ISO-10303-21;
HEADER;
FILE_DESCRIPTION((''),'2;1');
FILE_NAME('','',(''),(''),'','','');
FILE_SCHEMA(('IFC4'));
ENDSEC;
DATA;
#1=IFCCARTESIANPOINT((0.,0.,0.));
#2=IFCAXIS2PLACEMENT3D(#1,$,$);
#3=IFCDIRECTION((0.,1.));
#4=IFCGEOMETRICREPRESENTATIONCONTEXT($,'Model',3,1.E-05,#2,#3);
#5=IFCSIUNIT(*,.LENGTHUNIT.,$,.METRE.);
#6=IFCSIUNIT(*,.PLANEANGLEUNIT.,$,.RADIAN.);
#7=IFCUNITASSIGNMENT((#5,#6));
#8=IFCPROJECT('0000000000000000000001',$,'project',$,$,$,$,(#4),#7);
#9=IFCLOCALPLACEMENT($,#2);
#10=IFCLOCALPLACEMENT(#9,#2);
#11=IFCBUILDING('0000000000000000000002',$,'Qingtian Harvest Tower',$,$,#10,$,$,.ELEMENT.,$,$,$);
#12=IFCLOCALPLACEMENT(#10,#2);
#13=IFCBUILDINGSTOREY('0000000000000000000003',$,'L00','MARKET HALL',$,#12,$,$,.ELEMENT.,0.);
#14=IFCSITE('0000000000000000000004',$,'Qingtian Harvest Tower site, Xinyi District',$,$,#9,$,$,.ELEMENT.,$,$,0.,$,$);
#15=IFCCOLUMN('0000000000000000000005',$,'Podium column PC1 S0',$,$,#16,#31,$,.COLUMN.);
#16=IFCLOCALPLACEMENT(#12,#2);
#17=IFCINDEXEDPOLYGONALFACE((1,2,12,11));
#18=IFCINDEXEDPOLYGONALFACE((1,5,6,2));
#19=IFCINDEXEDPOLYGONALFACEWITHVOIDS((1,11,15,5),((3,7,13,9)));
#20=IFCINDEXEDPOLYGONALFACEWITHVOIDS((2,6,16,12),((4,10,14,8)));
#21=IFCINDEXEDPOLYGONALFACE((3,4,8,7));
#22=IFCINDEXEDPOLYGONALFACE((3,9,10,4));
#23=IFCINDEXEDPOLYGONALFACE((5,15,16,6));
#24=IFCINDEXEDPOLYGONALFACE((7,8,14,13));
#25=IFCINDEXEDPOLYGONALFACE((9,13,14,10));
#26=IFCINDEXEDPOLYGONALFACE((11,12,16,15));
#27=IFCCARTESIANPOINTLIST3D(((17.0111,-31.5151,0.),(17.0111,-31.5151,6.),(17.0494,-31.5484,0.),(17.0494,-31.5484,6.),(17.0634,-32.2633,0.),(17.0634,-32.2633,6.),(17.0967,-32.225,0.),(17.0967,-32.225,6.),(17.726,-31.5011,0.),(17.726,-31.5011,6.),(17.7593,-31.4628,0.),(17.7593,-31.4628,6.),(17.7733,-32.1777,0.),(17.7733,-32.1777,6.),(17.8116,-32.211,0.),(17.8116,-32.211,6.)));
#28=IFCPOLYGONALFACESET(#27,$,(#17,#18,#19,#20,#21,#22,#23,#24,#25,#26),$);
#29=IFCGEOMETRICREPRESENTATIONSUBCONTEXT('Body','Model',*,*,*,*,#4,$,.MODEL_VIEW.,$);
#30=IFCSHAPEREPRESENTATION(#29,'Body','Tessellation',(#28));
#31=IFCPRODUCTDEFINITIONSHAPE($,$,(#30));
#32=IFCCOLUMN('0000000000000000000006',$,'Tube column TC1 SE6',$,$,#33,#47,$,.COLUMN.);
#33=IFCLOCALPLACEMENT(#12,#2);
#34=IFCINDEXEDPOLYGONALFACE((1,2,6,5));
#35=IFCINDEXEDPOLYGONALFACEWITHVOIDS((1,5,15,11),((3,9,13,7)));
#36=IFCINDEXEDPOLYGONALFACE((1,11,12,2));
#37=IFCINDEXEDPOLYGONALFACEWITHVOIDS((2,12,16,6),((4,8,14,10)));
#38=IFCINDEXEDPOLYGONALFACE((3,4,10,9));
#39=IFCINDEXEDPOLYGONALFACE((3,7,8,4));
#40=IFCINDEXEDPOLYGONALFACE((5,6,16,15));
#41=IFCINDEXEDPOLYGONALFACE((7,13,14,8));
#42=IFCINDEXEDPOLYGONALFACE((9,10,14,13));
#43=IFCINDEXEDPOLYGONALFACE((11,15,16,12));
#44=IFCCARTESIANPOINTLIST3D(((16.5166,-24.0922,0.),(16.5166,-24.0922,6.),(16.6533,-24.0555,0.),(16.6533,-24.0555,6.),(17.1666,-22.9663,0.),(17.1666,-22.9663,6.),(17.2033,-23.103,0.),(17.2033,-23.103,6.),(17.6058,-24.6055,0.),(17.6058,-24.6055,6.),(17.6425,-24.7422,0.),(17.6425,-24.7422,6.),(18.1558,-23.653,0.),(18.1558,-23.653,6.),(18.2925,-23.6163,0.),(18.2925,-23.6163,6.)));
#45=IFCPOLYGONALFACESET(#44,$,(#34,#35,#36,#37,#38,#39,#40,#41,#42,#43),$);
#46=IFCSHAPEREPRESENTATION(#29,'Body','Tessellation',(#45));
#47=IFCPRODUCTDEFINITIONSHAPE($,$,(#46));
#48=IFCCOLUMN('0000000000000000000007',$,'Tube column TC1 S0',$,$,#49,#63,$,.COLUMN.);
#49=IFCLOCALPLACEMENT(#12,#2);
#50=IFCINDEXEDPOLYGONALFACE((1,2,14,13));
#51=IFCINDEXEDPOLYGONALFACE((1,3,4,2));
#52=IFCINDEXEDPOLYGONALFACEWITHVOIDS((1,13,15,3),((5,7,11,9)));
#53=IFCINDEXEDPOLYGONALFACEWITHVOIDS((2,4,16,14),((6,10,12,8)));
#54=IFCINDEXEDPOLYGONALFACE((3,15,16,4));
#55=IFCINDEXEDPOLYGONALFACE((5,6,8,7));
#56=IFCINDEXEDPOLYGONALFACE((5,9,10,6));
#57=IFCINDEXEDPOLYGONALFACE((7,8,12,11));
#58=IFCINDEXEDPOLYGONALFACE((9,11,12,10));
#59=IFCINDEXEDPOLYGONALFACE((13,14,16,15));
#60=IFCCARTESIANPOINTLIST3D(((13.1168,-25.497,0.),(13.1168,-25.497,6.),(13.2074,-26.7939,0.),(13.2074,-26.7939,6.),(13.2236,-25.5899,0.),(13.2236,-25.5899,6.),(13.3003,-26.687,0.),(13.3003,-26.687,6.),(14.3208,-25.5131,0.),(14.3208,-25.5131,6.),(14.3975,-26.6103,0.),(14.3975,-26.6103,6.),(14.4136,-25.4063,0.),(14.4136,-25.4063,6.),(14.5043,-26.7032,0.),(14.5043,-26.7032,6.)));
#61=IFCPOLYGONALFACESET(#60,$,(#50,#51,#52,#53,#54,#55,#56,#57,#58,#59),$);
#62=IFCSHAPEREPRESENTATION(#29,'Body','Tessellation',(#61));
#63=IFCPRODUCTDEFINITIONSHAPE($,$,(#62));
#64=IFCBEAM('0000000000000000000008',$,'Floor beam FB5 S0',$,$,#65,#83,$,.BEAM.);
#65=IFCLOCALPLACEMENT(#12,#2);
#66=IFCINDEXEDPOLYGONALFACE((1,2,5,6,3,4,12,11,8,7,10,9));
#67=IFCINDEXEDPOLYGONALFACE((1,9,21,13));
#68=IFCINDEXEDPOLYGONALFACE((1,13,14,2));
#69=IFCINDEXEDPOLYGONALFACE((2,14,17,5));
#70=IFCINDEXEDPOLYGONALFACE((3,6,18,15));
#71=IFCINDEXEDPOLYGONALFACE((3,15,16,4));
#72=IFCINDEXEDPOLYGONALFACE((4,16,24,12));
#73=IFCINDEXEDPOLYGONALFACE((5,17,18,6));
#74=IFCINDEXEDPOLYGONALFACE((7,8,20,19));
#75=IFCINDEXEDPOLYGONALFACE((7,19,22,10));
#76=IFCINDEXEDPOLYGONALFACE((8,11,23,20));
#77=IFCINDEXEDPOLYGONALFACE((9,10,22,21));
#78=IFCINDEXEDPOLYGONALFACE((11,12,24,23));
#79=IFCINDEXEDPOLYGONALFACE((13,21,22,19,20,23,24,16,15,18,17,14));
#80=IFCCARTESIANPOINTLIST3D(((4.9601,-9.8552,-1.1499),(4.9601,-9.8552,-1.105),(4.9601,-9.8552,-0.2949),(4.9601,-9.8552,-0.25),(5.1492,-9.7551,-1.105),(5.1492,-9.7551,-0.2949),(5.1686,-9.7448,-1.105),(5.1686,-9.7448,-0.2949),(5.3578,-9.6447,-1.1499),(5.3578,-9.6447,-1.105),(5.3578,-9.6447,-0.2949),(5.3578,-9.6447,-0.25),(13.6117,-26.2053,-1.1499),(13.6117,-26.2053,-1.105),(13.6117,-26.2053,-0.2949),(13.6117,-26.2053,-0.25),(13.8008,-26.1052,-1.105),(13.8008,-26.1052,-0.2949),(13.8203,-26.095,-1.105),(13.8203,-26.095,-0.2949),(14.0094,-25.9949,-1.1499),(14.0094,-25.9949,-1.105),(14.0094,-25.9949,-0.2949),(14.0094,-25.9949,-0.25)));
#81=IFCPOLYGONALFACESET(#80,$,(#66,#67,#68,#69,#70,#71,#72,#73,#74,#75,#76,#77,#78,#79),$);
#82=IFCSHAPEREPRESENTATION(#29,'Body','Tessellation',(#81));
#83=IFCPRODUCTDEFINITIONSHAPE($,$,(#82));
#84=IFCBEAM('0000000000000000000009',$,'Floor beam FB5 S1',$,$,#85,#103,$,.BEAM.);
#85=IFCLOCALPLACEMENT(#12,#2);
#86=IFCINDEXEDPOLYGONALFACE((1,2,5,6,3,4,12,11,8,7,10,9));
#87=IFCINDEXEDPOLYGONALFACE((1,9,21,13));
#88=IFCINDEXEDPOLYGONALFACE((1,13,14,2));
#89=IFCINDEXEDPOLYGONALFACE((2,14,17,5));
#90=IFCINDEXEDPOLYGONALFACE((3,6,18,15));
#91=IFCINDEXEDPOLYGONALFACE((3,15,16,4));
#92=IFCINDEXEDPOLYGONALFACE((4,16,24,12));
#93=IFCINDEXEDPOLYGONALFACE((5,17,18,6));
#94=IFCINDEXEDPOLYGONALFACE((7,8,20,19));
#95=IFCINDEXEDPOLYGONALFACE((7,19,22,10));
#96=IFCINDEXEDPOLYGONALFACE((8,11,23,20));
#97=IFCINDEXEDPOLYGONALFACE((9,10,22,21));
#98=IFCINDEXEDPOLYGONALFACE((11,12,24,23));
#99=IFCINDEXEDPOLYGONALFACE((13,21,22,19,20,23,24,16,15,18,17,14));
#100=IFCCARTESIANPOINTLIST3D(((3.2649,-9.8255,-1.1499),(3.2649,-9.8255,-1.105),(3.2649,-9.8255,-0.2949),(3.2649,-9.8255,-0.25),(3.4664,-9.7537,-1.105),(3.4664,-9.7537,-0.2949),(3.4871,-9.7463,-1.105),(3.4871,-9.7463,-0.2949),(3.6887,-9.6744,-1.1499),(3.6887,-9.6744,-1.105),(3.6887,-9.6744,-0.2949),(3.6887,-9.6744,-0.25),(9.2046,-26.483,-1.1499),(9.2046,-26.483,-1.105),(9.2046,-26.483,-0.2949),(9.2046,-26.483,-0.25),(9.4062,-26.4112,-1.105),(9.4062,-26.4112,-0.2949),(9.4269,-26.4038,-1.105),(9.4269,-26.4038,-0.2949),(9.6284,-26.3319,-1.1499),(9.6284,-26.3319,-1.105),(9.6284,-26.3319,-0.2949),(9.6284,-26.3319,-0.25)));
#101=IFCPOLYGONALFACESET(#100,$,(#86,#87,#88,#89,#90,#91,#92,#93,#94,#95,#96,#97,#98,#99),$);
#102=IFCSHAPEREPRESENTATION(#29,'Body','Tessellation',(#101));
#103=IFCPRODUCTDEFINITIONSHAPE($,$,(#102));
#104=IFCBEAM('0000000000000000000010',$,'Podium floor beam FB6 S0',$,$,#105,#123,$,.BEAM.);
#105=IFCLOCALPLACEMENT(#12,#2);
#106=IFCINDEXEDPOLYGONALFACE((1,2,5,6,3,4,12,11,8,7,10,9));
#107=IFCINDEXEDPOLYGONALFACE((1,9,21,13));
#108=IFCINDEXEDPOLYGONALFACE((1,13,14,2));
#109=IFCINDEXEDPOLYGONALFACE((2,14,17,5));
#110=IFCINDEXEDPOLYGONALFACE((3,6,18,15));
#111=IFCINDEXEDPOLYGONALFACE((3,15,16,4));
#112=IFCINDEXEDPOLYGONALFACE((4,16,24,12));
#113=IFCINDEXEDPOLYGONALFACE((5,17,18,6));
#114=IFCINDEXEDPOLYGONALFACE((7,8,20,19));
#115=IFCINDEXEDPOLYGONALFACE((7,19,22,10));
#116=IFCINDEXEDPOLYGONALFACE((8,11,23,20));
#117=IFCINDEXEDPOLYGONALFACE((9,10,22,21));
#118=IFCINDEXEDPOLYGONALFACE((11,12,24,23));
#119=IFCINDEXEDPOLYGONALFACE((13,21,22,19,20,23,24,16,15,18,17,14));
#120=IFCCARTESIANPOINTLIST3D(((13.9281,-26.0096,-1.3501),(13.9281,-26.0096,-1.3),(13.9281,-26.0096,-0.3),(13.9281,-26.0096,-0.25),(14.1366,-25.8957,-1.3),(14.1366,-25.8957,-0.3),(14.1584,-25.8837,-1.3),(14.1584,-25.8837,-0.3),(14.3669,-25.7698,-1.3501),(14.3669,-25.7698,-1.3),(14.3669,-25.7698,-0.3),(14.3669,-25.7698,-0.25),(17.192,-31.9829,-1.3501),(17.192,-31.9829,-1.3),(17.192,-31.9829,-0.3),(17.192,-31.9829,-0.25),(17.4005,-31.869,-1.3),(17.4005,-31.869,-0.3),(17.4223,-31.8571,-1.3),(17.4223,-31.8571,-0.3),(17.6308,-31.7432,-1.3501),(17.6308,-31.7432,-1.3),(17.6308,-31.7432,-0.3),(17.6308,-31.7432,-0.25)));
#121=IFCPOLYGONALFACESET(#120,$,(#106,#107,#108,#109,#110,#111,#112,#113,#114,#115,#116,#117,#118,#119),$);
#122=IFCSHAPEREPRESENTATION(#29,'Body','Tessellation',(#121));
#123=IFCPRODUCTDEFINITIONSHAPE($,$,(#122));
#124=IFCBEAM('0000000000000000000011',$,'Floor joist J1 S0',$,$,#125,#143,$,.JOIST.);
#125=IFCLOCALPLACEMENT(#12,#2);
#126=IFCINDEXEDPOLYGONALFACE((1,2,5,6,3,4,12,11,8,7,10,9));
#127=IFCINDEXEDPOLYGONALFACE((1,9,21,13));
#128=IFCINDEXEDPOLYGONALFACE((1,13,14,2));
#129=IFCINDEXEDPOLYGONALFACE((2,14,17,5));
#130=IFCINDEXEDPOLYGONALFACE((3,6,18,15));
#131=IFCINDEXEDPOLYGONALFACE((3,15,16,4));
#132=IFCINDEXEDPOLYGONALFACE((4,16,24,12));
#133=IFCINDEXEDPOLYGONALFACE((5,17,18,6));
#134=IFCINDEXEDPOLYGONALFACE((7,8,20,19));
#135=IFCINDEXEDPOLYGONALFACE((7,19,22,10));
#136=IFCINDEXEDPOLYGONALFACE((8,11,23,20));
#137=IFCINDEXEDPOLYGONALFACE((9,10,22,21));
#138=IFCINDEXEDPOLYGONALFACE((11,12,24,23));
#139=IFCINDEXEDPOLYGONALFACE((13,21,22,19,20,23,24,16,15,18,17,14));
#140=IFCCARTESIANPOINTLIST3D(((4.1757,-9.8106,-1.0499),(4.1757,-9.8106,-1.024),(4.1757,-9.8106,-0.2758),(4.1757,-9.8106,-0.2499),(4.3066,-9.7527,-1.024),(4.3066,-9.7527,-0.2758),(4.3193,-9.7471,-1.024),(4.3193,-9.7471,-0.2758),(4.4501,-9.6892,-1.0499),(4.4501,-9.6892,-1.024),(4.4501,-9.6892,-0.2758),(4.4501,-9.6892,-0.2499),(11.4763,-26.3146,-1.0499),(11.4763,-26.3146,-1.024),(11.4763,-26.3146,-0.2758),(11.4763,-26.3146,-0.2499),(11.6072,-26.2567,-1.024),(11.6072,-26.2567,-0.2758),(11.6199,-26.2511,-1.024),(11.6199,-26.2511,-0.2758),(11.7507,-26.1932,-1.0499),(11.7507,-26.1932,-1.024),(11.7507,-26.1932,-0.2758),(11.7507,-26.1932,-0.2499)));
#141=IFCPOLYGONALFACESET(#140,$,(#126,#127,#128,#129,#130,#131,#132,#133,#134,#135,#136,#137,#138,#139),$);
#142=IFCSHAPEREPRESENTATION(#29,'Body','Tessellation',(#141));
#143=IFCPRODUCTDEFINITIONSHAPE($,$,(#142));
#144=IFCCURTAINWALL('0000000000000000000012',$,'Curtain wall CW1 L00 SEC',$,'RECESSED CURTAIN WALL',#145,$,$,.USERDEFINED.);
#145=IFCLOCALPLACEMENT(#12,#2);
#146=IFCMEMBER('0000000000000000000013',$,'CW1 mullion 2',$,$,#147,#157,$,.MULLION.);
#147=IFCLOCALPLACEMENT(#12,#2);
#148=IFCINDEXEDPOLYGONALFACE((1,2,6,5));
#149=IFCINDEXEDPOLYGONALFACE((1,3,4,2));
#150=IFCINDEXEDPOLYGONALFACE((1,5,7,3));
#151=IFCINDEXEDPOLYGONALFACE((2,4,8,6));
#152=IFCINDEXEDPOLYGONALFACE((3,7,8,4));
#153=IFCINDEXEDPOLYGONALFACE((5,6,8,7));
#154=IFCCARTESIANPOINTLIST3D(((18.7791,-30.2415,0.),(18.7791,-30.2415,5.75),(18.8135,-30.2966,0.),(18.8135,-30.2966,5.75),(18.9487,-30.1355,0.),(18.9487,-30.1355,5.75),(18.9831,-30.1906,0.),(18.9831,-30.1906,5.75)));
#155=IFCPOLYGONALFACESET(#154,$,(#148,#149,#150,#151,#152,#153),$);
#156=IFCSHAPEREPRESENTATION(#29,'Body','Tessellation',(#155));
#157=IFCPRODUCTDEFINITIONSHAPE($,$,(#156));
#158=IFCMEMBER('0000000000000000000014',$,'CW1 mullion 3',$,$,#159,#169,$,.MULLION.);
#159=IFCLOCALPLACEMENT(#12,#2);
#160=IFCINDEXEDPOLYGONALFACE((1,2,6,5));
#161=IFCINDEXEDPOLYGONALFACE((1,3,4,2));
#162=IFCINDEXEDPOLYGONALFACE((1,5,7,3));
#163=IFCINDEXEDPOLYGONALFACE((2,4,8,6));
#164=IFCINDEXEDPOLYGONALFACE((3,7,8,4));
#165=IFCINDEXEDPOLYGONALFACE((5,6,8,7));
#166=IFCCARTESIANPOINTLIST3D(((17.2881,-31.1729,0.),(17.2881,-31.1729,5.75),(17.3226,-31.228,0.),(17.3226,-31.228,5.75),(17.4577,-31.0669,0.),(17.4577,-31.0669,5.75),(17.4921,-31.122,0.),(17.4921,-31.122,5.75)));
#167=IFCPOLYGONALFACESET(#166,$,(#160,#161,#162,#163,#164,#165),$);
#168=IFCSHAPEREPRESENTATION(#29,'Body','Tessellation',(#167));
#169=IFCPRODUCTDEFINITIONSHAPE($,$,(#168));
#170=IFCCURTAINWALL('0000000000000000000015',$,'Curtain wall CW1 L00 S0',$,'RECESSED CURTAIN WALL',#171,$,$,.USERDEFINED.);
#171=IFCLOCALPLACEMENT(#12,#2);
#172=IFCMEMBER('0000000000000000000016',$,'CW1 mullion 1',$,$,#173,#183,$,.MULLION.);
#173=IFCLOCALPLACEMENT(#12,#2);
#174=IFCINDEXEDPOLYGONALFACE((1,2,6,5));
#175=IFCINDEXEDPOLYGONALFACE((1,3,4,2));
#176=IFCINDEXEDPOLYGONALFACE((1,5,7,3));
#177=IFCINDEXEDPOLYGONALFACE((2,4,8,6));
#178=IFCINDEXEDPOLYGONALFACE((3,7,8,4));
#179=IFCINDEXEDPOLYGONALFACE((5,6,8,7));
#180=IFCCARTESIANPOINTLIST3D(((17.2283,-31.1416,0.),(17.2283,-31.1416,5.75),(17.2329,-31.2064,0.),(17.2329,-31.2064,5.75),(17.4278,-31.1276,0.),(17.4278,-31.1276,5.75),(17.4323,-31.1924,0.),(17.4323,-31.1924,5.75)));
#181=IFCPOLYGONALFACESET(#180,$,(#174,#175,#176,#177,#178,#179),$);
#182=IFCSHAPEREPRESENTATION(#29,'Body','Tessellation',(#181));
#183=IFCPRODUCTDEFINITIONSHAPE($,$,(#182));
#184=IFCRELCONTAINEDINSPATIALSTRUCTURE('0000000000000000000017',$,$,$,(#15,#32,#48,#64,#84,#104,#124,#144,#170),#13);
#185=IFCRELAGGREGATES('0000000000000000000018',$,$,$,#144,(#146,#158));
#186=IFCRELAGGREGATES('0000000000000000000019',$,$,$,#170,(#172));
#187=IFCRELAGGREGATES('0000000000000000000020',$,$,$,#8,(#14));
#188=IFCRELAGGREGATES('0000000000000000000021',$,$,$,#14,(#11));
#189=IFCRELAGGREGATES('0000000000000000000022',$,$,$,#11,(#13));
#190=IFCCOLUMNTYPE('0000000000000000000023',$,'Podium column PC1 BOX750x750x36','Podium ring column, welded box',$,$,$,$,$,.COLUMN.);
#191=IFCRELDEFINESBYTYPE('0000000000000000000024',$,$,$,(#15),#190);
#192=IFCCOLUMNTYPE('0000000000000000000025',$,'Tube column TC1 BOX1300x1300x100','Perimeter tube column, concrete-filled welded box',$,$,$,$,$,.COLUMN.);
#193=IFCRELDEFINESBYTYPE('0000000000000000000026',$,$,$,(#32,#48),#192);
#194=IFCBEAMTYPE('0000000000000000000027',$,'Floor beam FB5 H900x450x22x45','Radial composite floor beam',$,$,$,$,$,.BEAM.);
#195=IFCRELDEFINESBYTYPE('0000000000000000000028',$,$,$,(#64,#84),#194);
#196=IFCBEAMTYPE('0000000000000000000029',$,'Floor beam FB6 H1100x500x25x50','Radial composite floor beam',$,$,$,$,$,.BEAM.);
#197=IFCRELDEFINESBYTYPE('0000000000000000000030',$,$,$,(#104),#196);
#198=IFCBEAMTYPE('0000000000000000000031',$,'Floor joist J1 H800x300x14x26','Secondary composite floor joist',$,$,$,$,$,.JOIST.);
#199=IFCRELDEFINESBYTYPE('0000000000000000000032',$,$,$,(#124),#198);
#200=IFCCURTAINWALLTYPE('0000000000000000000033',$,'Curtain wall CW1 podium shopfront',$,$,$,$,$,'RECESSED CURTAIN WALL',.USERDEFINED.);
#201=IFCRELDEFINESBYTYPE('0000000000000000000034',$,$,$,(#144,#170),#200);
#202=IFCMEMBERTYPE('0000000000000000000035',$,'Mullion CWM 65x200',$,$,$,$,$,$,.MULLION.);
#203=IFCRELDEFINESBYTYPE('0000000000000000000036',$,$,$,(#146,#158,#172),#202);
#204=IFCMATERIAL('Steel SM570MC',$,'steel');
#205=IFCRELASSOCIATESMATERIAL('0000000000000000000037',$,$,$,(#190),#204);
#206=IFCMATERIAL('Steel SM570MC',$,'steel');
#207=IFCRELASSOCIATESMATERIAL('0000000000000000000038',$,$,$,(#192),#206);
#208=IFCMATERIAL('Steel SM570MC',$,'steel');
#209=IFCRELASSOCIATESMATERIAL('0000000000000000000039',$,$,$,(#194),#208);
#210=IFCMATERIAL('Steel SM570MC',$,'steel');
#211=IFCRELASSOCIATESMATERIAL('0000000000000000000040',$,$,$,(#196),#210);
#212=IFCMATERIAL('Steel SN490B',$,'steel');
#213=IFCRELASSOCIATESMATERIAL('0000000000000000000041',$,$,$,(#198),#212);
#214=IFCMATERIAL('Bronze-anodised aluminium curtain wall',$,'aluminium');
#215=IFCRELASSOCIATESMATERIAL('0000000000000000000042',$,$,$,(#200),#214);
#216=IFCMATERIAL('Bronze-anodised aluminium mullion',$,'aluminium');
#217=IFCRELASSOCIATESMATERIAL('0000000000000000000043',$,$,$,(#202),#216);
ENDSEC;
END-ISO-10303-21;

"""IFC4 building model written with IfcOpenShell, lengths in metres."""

from ifc_helpers import new_model, si_unit, direction, frame, origin, origin_2d, place, context, subcontext, project, spatial, rectangle, hollow_rectangle, i_section, extrude, material, material_profile, profile_set, type_object, element, aggregate, save


model = new_model("IFC4")

# Units and contexts
model_context = context("Model", 3, precision=1e-05, world=origin(), true_north=direction((0.0, 1.0)))
body_context = subcontext(model_context, "Body", "Model", "MODEL_VIEW")
ifc_project = project(units=[si_unit("LENGTHUNIT", "METRE"), si_unit("PLANEANGLEUNIT", "RADIAN")], contexts=[model_context])

# Site, building, storey
site_placement = place(None, origin())
site = spatial("IfcSite", under=ifc_project, at=site_placement, Name="Qingtian Harvest Tower site, Xinyi District", CompositionType="ELEMENT", RefElevation=0.0)
building_placement = place(site_placement, origin())
building = spatial("IfcBuilding", under=site, at=building_placement, Name="Qingtian Harvest Tower", CompositionType="ELEMENT")
storey_placement = place(building_placement, origin())
storey = spatial("IfcBuildingStorey", under=building, at=storey_placement, Name="L00", Description="MARKET HALL", CompositionType="ELEMENT", Elevation=0.0)

# Columns
ifc_material_1 = material(Name="Steel SM570MC", Category="steel")
ifc_material_profile_1 = material_profile(ifc_material_1, hollow_rectangle(XDim=0.75, YDim=0.75, WallThickness=0.0359, at=origin_2d()), Name="BOX750x750x36")
ifc_profile_set_1 = profile_set([ifc_material_profile_1], Name="Steel SM570MC")
column_type_1 = type_object("IfcColumnType", Name="Podium column PC1 BOX750x750x36", Description="Podium ring column, welded box", PredefinedType="COLUMN", material=ifc_profile_set_1)
column_placement = place(storey_placement, frame((17.4114, -31.863, 0.0), z_axis=(0.0, 0.0, 1.0), x_axis=(0.997564, 0.069756, 0.0)))
element("IfcColumn", 1, at=column_placement, inside=storey, type_object=column_type_1, Name="Podium column PC1 S0", PredefinedType="COLUMN", context=body_context, shape_type="SweptSolid", body=[
    extrude(hollow_rectangle(XDim=0.75, YDim=0.75, WallThickness=0.0359, at=origin_2d()), origin(), (0.0, 0.0, 1.0), 6.0),
])
ifc_material_2 = material(Name="Steel SM570MC", Category="steel")
ifc_material_profile_2 = material_profile(ifc_material_2, hollow_rectangle(XDim=1.3, YDim=1.3, WallThickness=0.1001, at=origin_2d()), Name="BOX1300x1300x100")
ifc_profile_set_2 = profile_set([ifc_material_profile_2], Name="Steel SM570MC")
column_type_2 = type_object("IfcColumnType", Name="Tube column TC1 BOX1300x1300x100", Description="Perimeter tube column, concrete-filled welded box", PredefinedType="COLUMN", material=ifc_profile_set_2)
for number, where, z_axis, x_axis, name in (
    (2, (17.4045, -23.8542, 0.0), (0.0, 0.0, 1.0), (0.5, 0.866025, 0.0), "Tube column TC1 SE6"),
    (3, (13.8105, -26.1001, 0.0), (0.0, 0.0, 1.0), (0.997564, 0.069756, 0.0), "Tube column TC1 S0"),
):
    element("IfcColumn", number, at=place(storey_placement, frame(where, z_axis=z_axis, x_axis=x_axis)), inside=storey, type_object=column_type_2, Name=name, PredefinedType="COLUMN", context=body_context, shape_type="SweptSolid", body=[
        extrude(hollow_rectangle(XDim=1.3, YDim=1.3, WallThickness=0.1001, at=origin_2d()), origin(), (0.0, 0.0, 1.0), 6.0),
    ])

# Beams
ifc_material_3 = material(Name="Steel SM570MC", Category="steel")
ifc_material_profile_3 = material_profile(ifc_material_3, i_section(OverallWidth=0.45, OverallDepth=0.8999, WebThickness=0.022, FlangeThickness=0.0449, at=origin_2d()), Name="H900x450x22x45")
ifc_profile_set_3 = profile_set([ifc_material_profile_3], Name="Steel SM570MC")
beam_type_1 = type_object("IfcBeamType", Name="Floor beam FB5 H900x450x22x45", Description="Radial composite floor beam", PredefinedType="BEAM", material=ifc_profile_set_3)
beam_1_placement = place(storey_placement, frame((13.8105, -26.1001, -0.7), z_axis=(-0.467705, 0.883885, 0.0), x_axis=(-0.883885, -0.467705, 0.0)))
element("IfcBeam", 4, at=beam_1_placement, inside=storey, type_object=beam_type_1, Name="Floor beam FB5 S0", PredefinedType="BEAM", context=body_context, shape_type="SweptSolid", body=[
    extrude(i_section(OverallWidth=0.45, OverallDepth=0.8999, WebThickness=0.022, FlangeThickness=0.0449, at=origin_2d()), origin(), (0.0, 0.0, 1.0), 18.498),
])
beam_2_placement = place(storey_placement, frame((9.4165, -26.4075, -0.7), z_axis=(-0.335865, 0.94191, 0.0), x_axis=(-0.94191, -0.335865, 0.0)))
element("IfcBeam", 5, at=beam_2_placement, inside=storey, type_object=beam_type_1, Name="Floor beam FB5 S1", PredefinedType="BEAM", context=body_context, shape_type="SweptSolid", body=[
    extrude(i_section(OverallWidth=0.45, OverallDepth=0.8999, WebThickness=0.022, FlangeThickness=0.0449, at=origin_2d()), origin(), (0.0, 0.0, 1.0), 17.6848),
])
ifc_material_4 = material(Name="Steel SM570MC", Category="steel")
ifc_material_profile_4 = material_profile(ifc_material_4, i_section(OverallWidth=0.5, OverallDepth=1.1001, WebThickness=0.0249, FlangeThickness=0.05, at=origin_2d()), Name="H1100x500x25x50")
ifc_profile_set_4 = profile_set([ifc_material_profile_4], Name="Steel SM570MC")
beam_type_2 = type_object("IfcBeamType", Name="Floor beam FB6 H1100x500x25x50", Description="Radial composite floor beam", PredefinedType="BEAM", material=ifc_profile_set_4)
beam_3_placement = place(storey_placement, frame((17.4114, -31.863, -0.8), z_axis=(-0.479498, 0.877543, 0.0), x_axis=(-0.877543, -0.479498, 0.0)))
element("IfcBeam", 6, at=beam_3_placement, inside=storey, type_object=beam_type_2, Name="Podium floor beam FB6 S0", PredefinedType="BEAM", context=body_context, shape_type="SweptSolid", body=[
    extrude(i_section(OverallWidth=0.5, OverallDepth=1.1001, WebThickness=0.0249, FlangeThickness=0.05, at=origin_2d()), origin(), (0.0, 0.0, 1.0), 6.8069),
])
ifc_material_5 = material(Name="Steel SN490B", Category="steel")
ifc_material_profile_5 = material_profile(ifc_material_5, i_section(OverallWidth=0.3, OverallDepth=0.8, WebThickness=0.0139, FlangeThickness=0.0259, at=origin_2d()), Name="H800x300x14x26")
ifc_profile_set_5 = profile_set([ifc_material_profile_5], Name="Steel SN490B")
beam_type_3 = type_object("IfcBeamType", Name="Floor joist J1 H800x300x14x26", Description="Secondary composite floor joist", PredefinedType="JOIST", material=ifc_profile_set_5)
beam_4_placement = place(storey_placement, frame((11.6135, -26.2539, -0.6499), z_axis=(-0.40454, 0.91452, 0.0), x_axis=(-0.91452, -0.40454, 0.0)))
element("IfcBeam", 7, at=beam_4_placement, inside=storey, type_object=beam_type_3, Name="Floor joist J1 S0", PredefinedType="JOIST", context=body_context, shape_type="SweptSolid", body=[
    extrude(i_section(OverallWidth=0.3, OverallDepth=0.8, WebThickness=0.0139, FlangeThickness=0.0259, at=origin_2d()), origin(), (0.0, 0.0, 1.0), 18.0466),
])

# Curtain wall, members
ifc_material_6 = material(Name="Bronze-anodised aluminium curtain wall", Category="aluminium")
curtain_wall_type = type_object("IfcCurtainWallType", Name="Curtain wall CW1 podium shopfront", ElementType="RECESSED CURTAIN WALL", PredefinedType="USERDEFINED", material=ifc_material_6)
curtain_wall_1_placement = place(storey_placement, origin())
curtain_wall_1 = element("IfcCurtainWall", 8, at=curtain_wall_1_placement, inside=storey, type_object=curtain_wall_type, Name="Curtain wall CW1 L00 SEC", ObjectType="RECESSED CURTAIN WALL", PredefinedType="USERDEFINED")
ifc_material_7 = material(Name="Bronze-anodised aluminium mullion", Category="aluminium")
ifc_material_profile_6 = material_profile(ifc_material_7, rectangle(XDim=0.0649, YDim=0.2, at=origin_2d()), Name="AL 65x200")
ifc_profile_set_6 = profile_set([ifc_material_profile_6], Name="Bronze-anodised aluminium mullion")
member_type_1 = type_object("IfcMemberType", Name="Mullion CWM 65x200", PredefinedType="MULLION", material=ifc_profile_set_6)
member_1_placement = place(storey_placement, frame((18.8811, -30.2161, 0.0), z_axis=(0.0, 0.0, 1.0), x_axis=(0.529919, -0.848048, 0.0)))
member_1 = element("IfcMember", 9, at=member_1_placement, type_object=member_type_1, Name="CW1 mullion 2", PredefinedType="MULLION", context=body_context, shape_type="SweptSolid", body=[
    extrude(rectangle(XDim=0.0649, YDim=0.2, at=origin_2d()), origin(), (0.0, 0.0, 1.0), 5.75),
])
member_2_placement = place(storey_placement, frame((17.3901, -31.1475, 0.0), z_axis=(0.0, 0.0, 1.0), x_axis=(0.529919, -0.848048, 0.0)))
member_2 = element("IfcMember", 10, at=member_2_placement, type_object=member_type_1, Name="CW1 mullion 3", PredefinedType="MULLION", context=body_context, shape_type="SweptSolid", body=[
    extrude(rectangle(XDim=0.0649, YDim=0.2, at=origin_2d()), origin(), (0.0, 0.0, 1.0), 5.75),
])

# Curtain wall, member
curtain_wall_2_placement = place(storey_placement, origin())
curtain_wall_2 = element("IfcCurtainWall", 11, at=curtain_wall_2_placement, inside=storey, type_object=curtain_wall_type, Name="Curtain wall CW1 L00 S0", ObjectType="RECESSED CURTAIN WALL", PredefinedType="USERDEFINED")
member_3_placement = place(storey_placement, frame((17.3303, -31.167, 0.0), z_axis=(0.0, 0.0, 1.0), x_axis=(0.069756, -0.997564, 0.0)))
member_3 = element("IfcMember", 12, at=member_3_placement, type_object=member_type_1, Name="CW1 mullion 1", PredefinedType="MULLION", context=body_context, shape_type="SweptSolid", body=[
    extrude(rectangle(XDim=0.0649, YDim=0.2, at=origin_2d()), origin(), (0.0, 0.0, 1.0), 5.75),
])

aggregate(curtain_wall_1, [member_1, member_2])
aggregate(curtain_wall_2, [member_3])

save(model, "model.ifc")
